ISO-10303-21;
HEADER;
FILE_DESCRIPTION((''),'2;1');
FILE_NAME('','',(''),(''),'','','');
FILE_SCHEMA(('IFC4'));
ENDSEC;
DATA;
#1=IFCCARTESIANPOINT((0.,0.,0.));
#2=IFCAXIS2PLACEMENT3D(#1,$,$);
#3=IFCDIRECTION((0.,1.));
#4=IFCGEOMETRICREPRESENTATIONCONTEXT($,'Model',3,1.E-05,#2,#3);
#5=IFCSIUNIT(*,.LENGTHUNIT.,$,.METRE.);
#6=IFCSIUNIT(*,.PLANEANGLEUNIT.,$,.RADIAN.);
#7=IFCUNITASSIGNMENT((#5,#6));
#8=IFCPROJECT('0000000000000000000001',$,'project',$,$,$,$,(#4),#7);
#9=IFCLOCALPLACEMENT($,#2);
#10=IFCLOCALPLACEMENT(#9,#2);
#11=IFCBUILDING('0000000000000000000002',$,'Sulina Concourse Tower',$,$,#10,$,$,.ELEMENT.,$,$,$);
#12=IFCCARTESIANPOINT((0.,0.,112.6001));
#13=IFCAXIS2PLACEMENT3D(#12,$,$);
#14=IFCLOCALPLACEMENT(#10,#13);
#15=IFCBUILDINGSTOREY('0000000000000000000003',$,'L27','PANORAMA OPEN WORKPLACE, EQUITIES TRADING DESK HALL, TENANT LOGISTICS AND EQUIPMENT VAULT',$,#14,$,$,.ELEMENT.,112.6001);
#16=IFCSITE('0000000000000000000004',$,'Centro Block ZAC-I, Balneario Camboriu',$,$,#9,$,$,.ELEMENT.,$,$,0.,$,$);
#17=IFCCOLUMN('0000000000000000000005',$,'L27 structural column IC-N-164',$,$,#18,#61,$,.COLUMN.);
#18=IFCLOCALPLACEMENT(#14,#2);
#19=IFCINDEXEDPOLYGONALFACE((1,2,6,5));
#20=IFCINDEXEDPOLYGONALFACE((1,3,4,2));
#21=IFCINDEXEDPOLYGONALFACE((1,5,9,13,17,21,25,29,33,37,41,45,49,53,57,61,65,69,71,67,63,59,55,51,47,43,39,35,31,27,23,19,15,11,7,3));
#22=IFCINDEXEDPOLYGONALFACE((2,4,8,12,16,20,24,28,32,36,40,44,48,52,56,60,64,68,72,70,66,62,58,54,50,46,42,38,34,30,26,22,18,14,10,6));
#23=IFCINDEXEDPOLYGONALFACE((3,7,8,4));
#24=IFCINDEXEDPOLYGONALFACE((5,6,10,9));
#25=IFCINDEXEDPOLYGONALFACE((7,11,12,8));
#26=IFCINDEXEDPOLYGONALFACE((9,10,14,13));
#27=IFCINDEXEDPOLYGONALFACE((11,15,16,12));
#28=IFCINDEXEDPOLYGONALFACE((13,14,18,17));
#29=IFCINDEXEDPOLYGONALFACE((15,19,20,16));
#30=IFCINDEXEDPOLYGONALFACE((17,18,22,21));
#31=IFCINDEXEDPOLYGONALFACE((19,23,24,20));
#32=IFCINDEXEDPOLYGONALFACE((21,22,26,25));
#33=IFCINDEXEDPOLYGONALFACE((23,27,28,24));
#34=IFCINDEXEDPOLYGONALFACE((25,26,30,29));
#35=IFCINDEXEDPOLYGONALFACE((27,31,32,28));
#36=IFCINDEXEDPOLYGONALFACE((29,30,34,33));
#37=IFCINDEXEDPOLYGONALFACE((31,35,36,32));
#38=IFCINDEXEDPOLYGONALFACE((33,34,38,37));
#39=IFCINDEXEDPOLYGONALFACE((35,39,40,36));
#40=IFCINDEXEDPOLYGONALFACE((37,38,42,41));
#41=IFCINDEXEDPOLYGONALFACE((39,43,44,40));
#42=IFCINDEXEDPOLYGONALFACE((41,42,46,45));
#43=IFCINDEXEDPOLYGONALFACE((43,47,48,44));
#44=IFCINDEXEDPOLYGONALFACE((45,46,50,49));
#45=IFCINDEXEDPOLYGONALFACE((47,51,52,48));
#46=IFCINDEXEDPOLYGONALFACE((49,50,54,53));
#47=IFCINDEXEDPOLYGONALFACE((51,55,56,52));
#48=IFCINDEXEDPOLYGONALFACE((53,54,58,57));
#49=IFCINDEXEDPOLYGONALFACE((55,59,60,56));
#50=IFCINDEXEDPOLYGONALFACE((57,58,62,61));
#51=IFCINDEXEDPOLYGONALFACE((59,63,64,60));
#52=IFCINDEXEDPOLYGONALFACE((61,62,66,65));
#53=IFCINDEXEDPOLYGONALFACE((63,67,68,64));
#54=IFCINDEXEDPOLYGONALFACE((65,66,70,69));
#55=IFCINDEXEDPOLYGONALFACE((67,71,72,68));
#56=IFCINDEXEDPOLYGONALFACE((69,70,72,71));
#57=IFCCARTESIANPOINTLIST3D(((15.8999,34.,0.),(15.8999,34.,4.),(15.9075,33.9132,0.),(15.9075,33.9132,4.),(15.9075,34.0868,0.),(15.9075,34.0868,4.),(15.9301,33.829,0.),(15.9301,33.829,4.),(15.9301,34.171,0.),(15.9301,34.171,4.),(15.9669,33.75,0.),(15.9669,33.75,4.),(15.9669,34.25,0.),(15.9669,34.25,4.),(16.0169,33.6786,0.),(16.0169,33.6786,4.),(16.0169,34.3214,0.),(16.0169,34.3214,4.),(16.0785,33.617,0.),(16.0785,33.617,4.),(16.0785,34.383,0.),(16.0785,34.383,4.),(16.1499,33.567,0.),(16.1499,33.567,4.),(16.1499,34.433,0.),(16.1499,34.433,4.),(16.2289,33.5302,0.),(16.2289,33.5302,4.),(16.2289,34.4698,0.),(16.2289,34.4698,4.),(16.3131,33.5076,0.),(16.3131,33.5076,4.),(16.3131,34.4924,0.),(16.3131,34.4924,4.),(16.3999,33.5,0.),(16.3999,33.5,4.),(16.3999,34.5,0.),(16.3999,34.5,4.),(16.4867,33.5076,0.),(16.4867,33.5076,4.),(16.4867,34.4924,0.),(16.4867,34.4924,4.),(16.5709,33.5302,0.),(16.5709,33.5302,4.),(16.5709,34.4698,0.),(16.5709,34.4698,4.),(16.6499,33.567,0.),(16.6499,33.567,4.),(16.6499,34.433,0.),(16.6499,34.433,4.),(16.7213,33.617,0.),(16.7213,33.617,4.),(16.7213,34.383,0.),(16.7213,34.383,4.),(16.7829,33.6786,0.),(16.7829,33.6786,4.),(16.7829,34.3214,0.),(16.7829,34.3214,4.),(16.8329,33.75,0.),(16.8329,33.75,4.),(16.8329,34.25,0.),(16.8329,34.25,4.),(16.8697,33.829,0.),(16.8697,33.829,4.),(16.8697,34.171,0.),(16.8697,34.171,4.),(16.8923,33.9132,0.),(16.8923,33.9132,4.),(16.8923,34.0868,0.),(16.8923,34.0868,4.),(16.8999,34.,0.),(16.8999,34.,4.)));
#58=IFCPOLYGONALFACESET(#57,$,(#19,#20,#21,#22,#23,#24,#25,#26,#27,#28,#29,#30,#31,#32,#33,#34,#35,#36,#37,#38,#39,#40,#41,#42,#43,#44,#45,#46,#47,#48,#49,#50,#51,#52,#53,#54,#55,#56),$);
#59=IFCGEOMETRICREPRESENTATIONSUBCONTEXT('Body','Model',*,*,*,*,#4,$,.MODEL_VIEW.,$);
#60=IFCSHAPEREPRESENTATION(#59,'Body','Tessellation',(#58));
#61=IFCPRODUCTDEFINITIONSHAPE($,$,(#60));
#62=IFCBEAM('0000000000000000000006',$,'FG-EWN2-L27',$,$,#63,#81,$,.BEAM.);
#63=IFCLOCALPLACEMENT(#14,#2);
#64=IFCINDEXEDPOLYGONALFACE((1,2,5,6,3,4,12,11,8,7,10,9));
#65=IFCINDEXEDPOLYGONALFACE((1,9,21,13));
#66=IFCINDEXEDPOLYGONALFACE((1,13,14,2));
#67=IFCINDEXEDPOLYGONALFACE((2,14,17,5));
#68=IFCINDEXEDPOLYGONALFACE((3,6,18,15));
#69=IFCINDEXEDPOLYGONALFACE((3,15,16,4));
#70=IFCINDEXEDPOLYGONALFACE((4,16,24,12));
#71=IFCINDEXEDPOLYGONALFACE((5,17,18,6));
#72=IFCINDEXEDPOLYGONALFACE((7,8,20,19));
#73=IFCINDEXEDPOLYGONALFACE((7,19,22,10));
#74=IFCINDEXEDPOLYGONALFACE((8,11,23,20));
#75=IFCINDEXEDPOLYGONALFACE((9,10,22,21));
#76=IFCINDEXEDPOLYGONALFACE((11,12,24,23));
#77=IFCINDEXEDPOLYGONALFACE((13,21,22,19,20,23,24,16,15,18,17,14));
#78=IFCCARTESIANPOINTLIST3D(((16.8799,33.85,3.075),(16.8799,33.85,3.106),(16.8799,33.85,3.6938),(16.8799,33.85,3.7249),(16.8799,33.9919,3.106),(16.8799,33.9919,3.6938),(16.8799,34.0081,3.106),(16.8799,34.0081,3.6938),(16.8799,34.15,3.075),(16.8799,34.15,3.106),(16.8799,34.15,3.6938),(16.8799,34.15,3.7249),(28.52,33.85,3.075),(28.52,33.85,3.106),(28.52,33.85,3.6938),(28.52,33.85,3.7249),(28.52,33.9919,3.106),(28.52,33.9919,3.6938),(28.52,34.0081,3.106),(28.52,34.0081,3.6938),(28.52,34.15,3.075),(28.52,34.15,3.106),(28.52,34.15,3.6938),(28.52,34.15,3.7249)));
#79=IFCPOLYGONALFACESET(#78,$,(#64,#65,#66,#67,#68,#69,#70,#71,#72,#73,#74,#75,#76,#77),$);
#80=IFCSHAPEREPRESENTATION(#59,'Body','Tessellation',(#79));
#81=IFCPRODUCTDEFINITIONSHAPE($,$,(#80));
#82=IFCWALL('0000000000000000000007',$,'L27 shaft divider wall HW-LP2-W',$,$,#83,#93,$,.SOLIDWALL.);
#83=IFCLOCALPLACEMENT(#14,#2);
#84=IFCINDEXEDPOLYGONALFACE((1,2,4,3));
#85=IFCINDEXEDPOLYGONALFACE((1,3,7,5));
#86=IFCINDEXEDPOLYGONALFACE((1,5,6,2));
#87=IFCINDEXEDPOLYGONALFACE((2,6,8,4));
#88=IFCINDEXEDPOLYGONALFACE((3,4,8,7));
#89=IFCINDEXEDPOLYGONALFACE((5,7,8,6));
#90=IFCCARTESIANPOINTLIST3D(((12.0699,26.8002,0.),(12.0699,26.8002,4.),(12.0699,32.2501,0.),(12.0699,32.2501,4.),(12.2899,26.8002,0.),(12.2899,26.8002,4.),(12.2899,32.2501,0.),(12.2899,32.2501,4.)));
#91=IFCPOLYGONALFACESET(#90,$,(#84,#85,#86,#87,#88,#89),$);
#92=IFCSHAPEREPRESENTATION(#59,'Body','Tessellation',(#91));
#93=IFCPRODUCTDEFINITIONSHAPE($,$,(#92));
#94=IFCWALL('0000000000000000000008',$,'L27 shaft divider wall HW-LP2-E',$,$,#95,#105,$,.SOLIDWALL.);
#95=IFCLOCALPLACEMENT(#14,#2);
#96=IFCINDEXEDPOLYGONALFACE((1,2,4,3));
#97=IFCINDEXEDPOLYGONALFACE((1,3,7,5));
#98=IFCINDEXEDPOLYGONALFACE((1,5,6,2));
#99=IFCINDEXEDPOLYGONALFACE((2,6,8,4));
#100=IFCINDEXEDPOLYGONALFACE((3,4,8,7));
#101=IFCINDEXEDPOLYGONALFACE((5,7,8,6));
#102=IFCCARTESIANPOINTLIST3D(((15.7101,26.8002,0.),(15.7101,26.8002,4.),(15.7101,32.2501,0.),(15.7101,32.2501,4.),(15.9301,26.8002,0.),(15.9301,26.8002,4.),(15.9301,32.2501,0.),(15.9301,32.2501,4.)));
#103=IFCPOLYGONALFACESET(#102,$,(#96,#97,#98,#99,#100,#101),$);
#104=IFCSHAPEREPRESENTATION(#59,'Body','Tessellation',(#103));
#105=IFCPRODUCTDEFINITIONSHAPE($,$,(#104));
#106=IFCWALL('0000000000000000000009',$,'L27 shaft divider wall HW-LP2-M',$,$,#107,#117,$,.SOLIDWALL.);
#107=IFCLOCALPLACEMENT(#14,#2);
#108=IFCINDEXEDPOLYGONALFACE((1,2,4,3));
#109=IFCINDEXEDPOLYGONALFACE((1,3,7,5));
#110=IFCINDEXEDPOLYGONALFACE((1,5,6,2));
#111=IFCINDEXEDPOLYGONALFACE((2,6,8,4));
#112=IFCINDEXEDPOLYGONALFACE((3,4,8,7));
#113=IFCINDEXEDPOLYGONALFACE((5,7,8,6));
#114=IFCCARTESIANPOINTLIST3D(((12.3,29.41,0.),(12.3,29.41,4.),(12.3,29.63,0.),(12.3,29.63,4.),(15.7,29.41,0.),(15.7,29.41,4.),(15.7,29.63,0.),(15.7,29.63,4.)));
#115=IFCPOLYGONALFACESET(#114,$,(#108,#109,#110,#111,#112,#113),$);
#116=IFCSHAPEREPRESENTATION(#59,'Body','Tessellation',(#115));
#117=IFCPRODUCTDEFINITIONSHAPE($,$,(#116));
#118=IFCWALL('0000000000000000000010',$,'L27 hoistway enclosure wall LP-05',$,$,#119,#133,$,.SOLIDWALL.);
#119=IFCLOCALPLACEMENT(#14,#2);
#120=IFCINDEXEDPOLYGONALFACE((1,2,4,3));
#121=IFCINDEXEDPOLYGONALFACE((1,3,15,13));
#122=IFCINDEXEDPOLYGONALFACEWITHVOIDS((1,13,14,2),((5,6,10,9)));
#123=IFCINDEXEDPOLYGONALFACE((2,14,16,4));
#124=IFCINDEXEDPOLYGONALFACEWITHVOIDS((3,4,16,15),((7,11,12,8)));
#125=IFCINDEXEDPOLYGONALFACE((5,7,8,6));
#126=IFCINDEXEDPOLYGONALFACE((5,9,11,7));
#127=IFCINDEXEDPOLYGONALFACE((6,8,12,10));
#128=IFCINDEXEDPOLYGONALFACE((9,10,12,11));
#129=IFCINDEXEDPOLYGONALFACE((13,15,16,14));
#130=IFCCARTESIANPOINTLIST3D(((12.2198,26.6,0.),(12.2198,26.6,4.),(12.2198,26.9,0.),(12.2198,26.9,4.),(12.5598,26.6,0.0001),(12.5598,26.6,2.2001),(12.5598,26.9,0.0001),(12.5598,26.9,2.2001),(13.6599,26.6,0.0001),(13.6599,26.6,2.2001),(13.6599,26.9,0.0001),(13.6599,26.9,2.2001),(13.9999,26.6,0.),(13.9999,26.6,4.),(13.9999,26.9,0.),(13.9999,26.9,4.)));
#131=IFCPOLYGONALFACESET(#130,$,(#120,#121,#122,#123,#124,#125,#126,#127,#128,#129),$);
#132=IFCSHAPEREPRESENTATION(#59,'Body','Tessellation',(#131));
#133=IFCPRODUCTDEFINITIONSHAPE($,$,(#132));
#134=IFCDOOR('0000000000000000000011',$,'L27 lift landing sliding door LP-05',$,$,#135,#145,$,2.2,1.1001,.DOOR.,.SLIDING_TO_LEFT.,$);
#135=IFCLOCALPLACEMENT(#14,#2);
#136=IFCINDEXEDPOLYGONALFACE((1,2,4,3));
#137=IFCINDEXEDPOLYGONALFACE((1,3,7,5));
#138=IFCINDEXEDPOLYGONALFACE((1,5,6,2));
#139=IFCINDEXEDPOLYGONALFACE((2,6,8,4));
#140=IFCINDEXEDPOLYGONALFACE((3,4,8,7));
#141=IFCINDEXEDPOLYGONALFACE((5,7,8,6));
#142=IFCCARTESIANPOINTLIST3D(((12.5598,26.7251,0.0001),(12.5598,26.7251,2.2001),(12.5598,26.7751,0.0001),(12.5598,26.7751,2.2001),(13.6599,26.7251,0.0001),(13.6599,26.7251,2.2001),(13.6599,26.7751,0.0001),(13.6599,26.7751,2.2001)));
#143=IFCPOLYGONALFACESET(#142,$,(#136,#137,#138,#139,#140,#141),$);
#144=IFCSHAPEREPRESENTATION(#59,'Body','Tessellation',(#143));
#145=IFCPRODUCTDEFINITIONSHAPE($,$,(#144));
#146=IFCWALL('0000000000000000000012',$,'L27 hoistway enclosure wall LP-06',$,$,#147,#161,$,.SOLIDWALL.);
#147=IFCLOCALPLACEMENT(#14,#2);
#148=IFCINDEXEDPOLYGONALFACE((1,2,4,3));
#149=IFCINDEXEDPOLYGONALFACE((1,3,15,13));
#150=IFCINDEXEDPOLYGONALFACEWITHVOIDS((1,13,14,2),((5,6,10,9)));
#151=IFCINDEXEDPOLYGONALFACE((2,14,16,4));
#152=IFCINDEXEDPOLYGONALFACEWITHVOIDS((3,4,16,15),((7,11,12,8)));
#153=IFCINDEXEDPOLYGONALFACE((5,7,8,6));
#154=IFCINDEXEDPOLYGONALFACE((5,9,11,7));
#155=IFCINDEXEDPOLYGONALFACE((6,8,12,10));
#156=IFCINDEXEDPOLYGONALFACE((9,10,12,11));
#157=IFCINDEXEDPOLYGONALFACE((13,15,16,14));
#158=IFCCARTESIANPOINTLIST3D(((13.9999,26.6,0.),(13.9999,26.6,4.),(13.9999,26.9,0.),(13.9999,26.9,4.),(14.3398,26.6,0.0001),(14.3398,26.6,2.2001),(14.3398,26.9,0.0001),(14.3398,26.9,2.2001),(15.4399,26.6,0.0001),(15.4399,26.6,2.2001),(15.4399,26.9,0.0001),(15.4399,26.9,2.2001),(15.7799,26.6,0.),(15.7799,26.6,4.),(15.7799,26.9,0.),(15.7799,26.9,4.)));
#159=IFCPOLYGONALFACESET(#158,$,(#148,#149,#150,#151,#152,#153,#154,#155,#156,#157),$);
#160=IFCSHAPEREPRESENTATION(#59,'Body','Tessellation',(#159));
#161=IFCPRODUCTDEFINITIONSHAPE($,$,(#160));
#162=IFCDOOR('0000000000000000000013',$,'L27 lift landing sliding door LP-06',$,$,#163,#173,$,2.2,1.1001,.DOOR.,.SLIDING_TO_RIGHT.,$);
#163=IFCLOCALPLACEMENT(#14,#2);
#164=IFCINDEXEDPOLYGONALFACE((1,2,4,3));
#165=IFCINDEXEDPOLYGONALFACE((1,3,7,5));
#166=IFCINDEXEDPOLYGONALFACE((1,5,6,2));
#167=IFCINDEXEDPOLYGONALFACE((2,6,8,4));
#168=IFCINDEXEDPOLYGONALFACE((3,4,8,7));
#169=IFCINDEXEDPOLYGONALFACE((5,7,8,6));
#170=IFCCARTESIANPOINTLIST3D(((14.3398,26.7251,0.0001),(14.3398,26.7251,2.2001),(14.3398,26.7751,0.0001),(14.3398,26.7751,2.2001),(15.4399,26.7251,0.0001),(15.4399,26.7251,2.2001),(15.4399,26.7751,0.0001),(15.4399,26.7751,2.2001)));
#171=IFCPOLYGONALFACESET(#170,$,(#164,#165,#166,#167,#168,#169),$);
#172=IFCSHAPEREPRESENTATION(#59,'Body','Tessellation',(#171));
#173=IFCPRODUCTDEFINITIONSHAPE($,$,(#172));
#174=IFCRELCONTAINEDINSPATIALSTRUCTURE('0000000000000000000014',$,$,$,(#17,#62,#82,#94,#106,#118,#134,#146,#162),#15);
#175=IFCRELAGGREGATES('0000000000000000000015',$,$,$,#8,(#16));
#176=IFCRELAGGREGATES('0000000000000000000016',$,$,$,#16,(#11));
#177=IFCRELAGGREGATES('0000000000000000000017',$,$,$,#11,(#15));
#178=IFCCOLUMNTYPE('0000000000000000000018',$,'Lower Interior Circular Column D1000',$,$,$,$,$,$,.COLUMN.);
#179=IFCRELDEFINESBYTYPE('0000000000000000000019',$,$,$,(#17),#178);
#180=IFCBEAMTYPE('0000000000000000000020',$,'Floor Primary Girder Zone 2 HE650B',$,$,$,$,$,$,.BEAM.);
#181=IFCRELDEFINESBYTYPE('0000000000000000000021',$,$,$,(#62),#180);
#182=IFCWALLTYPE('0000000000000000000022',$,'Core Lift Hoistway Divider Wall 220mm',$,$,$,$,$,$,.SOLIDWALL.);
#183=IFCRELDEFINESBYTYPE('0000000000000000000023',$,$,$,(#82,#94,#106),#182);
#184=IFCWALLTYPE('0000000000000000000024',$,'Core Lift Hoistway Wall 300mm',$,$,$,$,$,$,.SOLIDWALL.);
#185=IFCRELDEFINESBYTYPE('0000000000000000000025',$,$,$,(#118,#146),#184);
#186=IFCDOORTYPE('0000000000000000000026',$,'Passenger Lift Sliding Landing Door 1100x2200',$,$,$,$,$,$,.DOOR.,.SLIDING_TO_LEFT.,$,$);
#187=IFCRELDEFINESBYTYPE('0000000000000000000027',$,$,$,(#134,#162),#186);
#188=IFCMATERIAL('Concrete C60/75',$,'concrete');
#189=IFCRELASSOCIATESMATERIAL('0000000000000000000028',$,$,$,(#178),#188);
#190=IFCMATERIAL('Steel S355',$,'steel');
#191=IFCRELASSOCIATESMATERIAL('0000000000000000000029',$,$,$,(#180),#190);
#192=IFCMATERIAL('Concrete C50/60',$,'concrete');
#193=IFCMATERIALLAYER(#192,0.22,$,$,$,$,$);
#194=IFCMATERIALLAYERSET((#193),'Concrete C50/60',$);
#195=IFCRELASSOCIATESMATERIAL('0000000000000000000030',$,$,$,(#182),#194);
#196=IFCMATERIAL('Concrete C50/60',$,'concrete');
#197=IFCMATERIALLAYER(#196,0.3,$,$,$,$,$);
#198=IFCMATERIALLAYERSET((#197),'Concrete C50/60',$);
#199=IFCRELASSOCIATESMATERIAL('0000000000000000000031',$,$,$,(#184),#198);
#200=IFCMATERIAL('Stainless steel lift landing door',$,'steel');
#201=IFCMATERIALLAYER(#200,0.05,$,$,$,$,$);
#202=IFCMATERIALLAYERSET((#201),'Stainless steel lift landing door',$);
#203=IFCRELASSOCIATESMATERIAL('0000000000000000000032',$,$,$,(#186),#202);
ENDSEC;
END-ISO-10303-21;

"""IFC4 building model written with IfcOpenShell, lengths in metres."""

from ifc_helpers import new_model, si_unit, direction, frame, frame_2d, origin, origin_2d, place, context, subcontext, project, spatial, rectangle, circle, i_section, extrude, material, layer, layer_set, material_profile, profile_set, type_object, element, fill, save


model = new_model("IFC4")

# Units and contexts
model_context = context("Model", 3, precision=1e-05, world=origin(), true_north=direction((0.0, 1.0)))
body_context = subcontext(model_context, "Body", "Model", "MODEL_VIEW")
ifc_project = project(units=[si_unit("LENGTHUNIT", "METRE"), si_unit("PLANEANGLEUNIT", "RADIAN")], contexts=[model_context])

# Site, building, storey
site_placement = place(None, origin())
site = spatial("IfcSite", under=ifc_project, at=site_placement, Name="Centro Block ZAC-I, Balneario Camboriu", CompositionType="ELEMENT", RefElevation=0.0)
building_placement = place(site_placement, origin())
building = spatial("IfcBuilding", under=site, at=building_placement, Name="Sulina Concourse Tower", CompositionType="ELEMENT")
storey_placement = place(building_placement, frame((0.0, 0.0, 112.6001)))
storey = spatial("IfcBuildingStorey", under=building, at=storey_placement, Name="L27", Description="PANORAMA OPEN WORKPLACE, EQUITIES TRADING DESK HALL, TENANT LOGISTICS AND EQUIPMENT VAULT", CompositionType="ELEMENT", Elevation=112.6001)

# Column
ifc_material_1 = material(Name="Concrete C60/75", Category="concrete")
ifc_material_profile_1 = material_profile(ifc_material_1, circle(Radius=0.5, at=origin_2d()), Name="RC D1000")
ifc_profile_set_1 = profile_set([ifc_material_profile_1], Name="Concrete C60/75")
column_type = type_object("IfcColumnType", Name="Lower Interior Circular Column D1000", PredefinedType="COLUMN", material=ifc_profile_set_1)
column_placement = place(storey_placement, frame((16.3999, 34.0, 0.0), z_axis=(0.0, 0.0, 1.0), x_axis=(1.0, 0.0, 0.0)))
element("IfcColumn", 1, at=column_placement, inside=storey, type_object=column_type, Name="L27 structural column IC-N-164", PredefinedType="COLUMN", context=body_context, shape_type="SweptSolid", body=[
    extrude(circle(Radius=0.5, at=origin_2d()), origin(), (0.0, 0.0, 1.0), 4.0),
])

# Beam
ifc_material_2 = material(Name="Steel S355", Category="steel")
ifc_material_profile_2 = material_profile(ifc_material_2, i_section(OverallWidth=0.3, OverallDepth=0.6499, WebThickness=0.0161, FlangeThickness=0.031, at=origin_2d()), Name="HE 650 B")
ifc_profile_set_2 = profile_set([ifc_material_profile_2], Name="Steel S355")
beam_type = type_object("IfcBeamType", Name="Floor Primary Girder Zone 2 HE650B", PredefinedType="BEAM", material=ifc_profile_set_2)
beam_placement = place(storey_placement, frame((16.8799, 34.0, 3.3999), z_axis=(1.0, 0.0, 0.0), x_axis=(0.0, 1.0, 0.0)))
element("IfcBeam", 2, at=beam_placement, inside=storey, type_object=beam_type, Name="FG-EWN2-L27", PredefinedType="BEAM", context=body_context, shape_type="SweptSolid", body=[
    extrude(i_section(OverallWidth=0.3, OverallDepth=0.6499, WebThickness=0.0161, FlangeThickness=0.031, at=origin_2d()), origin(), (0.0, 0.0, 1.0), 11.6401),
])

# Walls
ifc_material_3 = material(Name="Concrete C50/60", Category="concrete")
ifc_layer_1 = layer(ifc_material_3, 0.22)
ifc_layer_set_1 = layer_set([ifc_layer_1], Name="Concrete C50/60")
wall_type_1 = type_object("IfcWallType", Name="Core Lift Hoistway Divider Wall 220mm", PredefinedType="SOLIDWALL", material=ifc_layer_set_1)
for number, where, z_axis, x_axis, name in (
    (3, (12.1799, 26.8, 0.0), (0.0, 0.0, 1.0), (0.0, 1.0, 0.0), "L27 shaft divider wall HW-LP2-W"),
    (4, (15.8201, 26.8, 0.0), (0.0, 0.0, 1.0), (0.0, 1.0, 0.0), "L27 shaft divider wall HW-LP2-E"),
):
    element("IfcWall", number, at=place(storey_placement, frame(where, z_axis=z_axis, x_axis=x_axis)), inside=storey, type_object=wall_type_1, Name=name, PredefinedType="SOLIDWALL", context=body_context, shape_type="SweptSolid", body=[
        extrude(rectangle(XDim=5.45, YDim=0.22, at=frame_2d((2.7251, 0.0))), origin(), (0.0, 0.0, 1.0), 4.0),
    ])
wall_1_placement = place(storey_placement, frame((12.3, 29.52, 0.0), z_axis=(0.0, 0.0, 1.0), x_axis=(1.0, 0.0, 0.0)))
element("IfcWall", 5, at=wall_1_placement, inside=storey, type_object=wall_type_1, Name="L27 shaft divider wall HW-LP2-M", PredefinedType="SOLIDWALL", context=body_context, shape_type="SweptSolid", body=[
    extrude(rectangle(XDim=3.3999, YDim=0.22, at=frame_2d((1.7, 0.0))), origin(), (0.0, 0.0, 1.0), 4.0),
])

# Walls, openings, doors
ifc_material_4 = material(Name="Concrete C50/60", Category="concrete")
ifc_layer_2 = layer(ifc_material_4, 0.3)
ifc_layer_set_2 = layer_set([ifc_layer_2], Name="Concrete C50/60")
wall_type_2 = type_object("IfcWallType", Name="Core Lift Hoistway Wall 300mm", PredefinedType="SOLIDWALL", material=ifc_layer_set_2)
wall_2_placement = place(storey_placement, frame((14.0, 26.75, 0.0), z_axis=(0.0, 0.0, 1.0), x_axis=(-1.0, 0.0, 0.0)))
wall_2 = element("IfcWall", 6, at=wall_2_placement, inside=storey, type_object=wall_type_2, Name="L27 hoistway enclosure wall LP-05", PredefinedType="SOLIDWALL", context=body_context, shape_type="SweptSolid", body=[
    extrude(rectangle(XDim=1.78, YDim=0.3, at=frame_2d((0.8901, 0.0))), origin(), (0.0, 0.0, 1.0), 4.0),
])
opening_1_placement = place(wall_2_placement, frame((0.3401, 0.0, 0.0)))
opening_1 = element("IfcOpeningElement", 7, at=opening_1_placement, cuts=wall_2, PredefinedType="OPENING", context=body_context, shape_type="SweptSolid", body=[
    extrude(rectangle(XDim=1.1001, YDim=2.2, at=frame_2d((0.55, 1.1001))), frame((0.0, 0.1599, 0.0), z_axis=(0.0, -1.0, 0.0), x_axis=(1.0, 0.0, 0.0)), (0.0, 0.0, 1.0), 0.3201),
])
ifc_material_5 = material(Name="Stainless steel lift landing door", Category="steel")
ifc_layer_3 = layer(ifc_material_5, 0.05)
ifc_layer_set_3 = layer_set([ifc_layer_3], Name="Stainless steel lift landing door")
door_type_1 = type_object("IfcDoorType", Name="Passenger Lift Sliding Landing Door 1100x2200", OperationType="SLIDING_TO_LEFT", PredefinedType="DOOR", material=ifc_layer_set_3)
door_1_placement = place(opening_1_placement, origin())
door_1 = element("IfcDoor", 8, at=door_1_placement, inside=storey, type_object=door_type_1, Name="L27 lift landing sliding door LP-05", OperationType="SLIDING_TO_LEFT", OverallHeight=2.2, OverallWidth=1.1001, PredefinedType="DOOR", context=body_context, shape_type="SweptSolid", body=[
    extrude(rectangle(XDim=1.1001, YDim=2.2, at=frame_2d((0.55, 1.1001))), frame((0.0, 0.0249, 0.0), z_axis=(0.0, -1.0, 0.0), x_axis=(1.0, 0.0, 0.0)), (0.0, 0.0, 1.0), 0.05),
])
fill(opening_1, door_1)
wall_3_placement = place(storey_placement, frame((15.78, 26.75, 0.0), z_axis=(0.0, 0.0, 1.0), x_axis=(-1.0, 0.0, 0.0)))
wall_3 = element("IfcWall", 9, at=wall_3_placement, inside=storey, type_object=wall_type_2, Name="L27 hoistway enclosure wall LP-06", PredefinedType="SOLIDWALL", context=body_context, shape_type="SweptSolid", body=[
    extrude(rectangle(XDim=1.78, YDim=0.3, at=frame_2d((0.8901, 0.0))), origin(), (0.0, 0.0, 1.0), 4.0),
])
opening_2_placement = place(wall_3_placement, frame((0.3401, 0.0, 0.0)))
opening_2 = element("IfcOpeningElement", 10, at=opening_2_placement, cuts=wall_3, PredefinedType="OPENING", context=body_context, shape_type="SweptSolid", body=[
    extrude(rectangle(XDim=1.1001, YDim=2.2, at=frame_2d((0.55, 1.1001))), frame((0.0, 0.1599, 0.0), z_axis=(0.0, -1.0, 0.0), x_axis=(1.0, 0.0, 0.0)), (0.0, 0.0, 1.0), 0.3201),
])
door_2_placement = place(opening_2_placement, origin())
door_2 = element("IfcDoor", 11, at=door_2_placement, inside=storey, type_object=door_type_1, Name="L27 lift landing sliding door LP-06", OperationType="SLIDING_TO_RIGHT", OverallHeight=2.2, OverallWidth=1.1001, PredefinedType="DOOR", context=body_context, shape_type="SweptSolid", body=[
    extrude(rectangle(XDim=1.1001, YDim=2.2, at=frame_2d((0.55, 1.1001))), frame((0.0, 0.0249, 0.0), z_axis=(0.0, -1.0, 0.0), x_axis=(1.0, 0.0, 0.0)), (0.0, 0.0, 1.0), 0.05),
])
fill(opening_2, door_2)

save(model, "model.ifc")
